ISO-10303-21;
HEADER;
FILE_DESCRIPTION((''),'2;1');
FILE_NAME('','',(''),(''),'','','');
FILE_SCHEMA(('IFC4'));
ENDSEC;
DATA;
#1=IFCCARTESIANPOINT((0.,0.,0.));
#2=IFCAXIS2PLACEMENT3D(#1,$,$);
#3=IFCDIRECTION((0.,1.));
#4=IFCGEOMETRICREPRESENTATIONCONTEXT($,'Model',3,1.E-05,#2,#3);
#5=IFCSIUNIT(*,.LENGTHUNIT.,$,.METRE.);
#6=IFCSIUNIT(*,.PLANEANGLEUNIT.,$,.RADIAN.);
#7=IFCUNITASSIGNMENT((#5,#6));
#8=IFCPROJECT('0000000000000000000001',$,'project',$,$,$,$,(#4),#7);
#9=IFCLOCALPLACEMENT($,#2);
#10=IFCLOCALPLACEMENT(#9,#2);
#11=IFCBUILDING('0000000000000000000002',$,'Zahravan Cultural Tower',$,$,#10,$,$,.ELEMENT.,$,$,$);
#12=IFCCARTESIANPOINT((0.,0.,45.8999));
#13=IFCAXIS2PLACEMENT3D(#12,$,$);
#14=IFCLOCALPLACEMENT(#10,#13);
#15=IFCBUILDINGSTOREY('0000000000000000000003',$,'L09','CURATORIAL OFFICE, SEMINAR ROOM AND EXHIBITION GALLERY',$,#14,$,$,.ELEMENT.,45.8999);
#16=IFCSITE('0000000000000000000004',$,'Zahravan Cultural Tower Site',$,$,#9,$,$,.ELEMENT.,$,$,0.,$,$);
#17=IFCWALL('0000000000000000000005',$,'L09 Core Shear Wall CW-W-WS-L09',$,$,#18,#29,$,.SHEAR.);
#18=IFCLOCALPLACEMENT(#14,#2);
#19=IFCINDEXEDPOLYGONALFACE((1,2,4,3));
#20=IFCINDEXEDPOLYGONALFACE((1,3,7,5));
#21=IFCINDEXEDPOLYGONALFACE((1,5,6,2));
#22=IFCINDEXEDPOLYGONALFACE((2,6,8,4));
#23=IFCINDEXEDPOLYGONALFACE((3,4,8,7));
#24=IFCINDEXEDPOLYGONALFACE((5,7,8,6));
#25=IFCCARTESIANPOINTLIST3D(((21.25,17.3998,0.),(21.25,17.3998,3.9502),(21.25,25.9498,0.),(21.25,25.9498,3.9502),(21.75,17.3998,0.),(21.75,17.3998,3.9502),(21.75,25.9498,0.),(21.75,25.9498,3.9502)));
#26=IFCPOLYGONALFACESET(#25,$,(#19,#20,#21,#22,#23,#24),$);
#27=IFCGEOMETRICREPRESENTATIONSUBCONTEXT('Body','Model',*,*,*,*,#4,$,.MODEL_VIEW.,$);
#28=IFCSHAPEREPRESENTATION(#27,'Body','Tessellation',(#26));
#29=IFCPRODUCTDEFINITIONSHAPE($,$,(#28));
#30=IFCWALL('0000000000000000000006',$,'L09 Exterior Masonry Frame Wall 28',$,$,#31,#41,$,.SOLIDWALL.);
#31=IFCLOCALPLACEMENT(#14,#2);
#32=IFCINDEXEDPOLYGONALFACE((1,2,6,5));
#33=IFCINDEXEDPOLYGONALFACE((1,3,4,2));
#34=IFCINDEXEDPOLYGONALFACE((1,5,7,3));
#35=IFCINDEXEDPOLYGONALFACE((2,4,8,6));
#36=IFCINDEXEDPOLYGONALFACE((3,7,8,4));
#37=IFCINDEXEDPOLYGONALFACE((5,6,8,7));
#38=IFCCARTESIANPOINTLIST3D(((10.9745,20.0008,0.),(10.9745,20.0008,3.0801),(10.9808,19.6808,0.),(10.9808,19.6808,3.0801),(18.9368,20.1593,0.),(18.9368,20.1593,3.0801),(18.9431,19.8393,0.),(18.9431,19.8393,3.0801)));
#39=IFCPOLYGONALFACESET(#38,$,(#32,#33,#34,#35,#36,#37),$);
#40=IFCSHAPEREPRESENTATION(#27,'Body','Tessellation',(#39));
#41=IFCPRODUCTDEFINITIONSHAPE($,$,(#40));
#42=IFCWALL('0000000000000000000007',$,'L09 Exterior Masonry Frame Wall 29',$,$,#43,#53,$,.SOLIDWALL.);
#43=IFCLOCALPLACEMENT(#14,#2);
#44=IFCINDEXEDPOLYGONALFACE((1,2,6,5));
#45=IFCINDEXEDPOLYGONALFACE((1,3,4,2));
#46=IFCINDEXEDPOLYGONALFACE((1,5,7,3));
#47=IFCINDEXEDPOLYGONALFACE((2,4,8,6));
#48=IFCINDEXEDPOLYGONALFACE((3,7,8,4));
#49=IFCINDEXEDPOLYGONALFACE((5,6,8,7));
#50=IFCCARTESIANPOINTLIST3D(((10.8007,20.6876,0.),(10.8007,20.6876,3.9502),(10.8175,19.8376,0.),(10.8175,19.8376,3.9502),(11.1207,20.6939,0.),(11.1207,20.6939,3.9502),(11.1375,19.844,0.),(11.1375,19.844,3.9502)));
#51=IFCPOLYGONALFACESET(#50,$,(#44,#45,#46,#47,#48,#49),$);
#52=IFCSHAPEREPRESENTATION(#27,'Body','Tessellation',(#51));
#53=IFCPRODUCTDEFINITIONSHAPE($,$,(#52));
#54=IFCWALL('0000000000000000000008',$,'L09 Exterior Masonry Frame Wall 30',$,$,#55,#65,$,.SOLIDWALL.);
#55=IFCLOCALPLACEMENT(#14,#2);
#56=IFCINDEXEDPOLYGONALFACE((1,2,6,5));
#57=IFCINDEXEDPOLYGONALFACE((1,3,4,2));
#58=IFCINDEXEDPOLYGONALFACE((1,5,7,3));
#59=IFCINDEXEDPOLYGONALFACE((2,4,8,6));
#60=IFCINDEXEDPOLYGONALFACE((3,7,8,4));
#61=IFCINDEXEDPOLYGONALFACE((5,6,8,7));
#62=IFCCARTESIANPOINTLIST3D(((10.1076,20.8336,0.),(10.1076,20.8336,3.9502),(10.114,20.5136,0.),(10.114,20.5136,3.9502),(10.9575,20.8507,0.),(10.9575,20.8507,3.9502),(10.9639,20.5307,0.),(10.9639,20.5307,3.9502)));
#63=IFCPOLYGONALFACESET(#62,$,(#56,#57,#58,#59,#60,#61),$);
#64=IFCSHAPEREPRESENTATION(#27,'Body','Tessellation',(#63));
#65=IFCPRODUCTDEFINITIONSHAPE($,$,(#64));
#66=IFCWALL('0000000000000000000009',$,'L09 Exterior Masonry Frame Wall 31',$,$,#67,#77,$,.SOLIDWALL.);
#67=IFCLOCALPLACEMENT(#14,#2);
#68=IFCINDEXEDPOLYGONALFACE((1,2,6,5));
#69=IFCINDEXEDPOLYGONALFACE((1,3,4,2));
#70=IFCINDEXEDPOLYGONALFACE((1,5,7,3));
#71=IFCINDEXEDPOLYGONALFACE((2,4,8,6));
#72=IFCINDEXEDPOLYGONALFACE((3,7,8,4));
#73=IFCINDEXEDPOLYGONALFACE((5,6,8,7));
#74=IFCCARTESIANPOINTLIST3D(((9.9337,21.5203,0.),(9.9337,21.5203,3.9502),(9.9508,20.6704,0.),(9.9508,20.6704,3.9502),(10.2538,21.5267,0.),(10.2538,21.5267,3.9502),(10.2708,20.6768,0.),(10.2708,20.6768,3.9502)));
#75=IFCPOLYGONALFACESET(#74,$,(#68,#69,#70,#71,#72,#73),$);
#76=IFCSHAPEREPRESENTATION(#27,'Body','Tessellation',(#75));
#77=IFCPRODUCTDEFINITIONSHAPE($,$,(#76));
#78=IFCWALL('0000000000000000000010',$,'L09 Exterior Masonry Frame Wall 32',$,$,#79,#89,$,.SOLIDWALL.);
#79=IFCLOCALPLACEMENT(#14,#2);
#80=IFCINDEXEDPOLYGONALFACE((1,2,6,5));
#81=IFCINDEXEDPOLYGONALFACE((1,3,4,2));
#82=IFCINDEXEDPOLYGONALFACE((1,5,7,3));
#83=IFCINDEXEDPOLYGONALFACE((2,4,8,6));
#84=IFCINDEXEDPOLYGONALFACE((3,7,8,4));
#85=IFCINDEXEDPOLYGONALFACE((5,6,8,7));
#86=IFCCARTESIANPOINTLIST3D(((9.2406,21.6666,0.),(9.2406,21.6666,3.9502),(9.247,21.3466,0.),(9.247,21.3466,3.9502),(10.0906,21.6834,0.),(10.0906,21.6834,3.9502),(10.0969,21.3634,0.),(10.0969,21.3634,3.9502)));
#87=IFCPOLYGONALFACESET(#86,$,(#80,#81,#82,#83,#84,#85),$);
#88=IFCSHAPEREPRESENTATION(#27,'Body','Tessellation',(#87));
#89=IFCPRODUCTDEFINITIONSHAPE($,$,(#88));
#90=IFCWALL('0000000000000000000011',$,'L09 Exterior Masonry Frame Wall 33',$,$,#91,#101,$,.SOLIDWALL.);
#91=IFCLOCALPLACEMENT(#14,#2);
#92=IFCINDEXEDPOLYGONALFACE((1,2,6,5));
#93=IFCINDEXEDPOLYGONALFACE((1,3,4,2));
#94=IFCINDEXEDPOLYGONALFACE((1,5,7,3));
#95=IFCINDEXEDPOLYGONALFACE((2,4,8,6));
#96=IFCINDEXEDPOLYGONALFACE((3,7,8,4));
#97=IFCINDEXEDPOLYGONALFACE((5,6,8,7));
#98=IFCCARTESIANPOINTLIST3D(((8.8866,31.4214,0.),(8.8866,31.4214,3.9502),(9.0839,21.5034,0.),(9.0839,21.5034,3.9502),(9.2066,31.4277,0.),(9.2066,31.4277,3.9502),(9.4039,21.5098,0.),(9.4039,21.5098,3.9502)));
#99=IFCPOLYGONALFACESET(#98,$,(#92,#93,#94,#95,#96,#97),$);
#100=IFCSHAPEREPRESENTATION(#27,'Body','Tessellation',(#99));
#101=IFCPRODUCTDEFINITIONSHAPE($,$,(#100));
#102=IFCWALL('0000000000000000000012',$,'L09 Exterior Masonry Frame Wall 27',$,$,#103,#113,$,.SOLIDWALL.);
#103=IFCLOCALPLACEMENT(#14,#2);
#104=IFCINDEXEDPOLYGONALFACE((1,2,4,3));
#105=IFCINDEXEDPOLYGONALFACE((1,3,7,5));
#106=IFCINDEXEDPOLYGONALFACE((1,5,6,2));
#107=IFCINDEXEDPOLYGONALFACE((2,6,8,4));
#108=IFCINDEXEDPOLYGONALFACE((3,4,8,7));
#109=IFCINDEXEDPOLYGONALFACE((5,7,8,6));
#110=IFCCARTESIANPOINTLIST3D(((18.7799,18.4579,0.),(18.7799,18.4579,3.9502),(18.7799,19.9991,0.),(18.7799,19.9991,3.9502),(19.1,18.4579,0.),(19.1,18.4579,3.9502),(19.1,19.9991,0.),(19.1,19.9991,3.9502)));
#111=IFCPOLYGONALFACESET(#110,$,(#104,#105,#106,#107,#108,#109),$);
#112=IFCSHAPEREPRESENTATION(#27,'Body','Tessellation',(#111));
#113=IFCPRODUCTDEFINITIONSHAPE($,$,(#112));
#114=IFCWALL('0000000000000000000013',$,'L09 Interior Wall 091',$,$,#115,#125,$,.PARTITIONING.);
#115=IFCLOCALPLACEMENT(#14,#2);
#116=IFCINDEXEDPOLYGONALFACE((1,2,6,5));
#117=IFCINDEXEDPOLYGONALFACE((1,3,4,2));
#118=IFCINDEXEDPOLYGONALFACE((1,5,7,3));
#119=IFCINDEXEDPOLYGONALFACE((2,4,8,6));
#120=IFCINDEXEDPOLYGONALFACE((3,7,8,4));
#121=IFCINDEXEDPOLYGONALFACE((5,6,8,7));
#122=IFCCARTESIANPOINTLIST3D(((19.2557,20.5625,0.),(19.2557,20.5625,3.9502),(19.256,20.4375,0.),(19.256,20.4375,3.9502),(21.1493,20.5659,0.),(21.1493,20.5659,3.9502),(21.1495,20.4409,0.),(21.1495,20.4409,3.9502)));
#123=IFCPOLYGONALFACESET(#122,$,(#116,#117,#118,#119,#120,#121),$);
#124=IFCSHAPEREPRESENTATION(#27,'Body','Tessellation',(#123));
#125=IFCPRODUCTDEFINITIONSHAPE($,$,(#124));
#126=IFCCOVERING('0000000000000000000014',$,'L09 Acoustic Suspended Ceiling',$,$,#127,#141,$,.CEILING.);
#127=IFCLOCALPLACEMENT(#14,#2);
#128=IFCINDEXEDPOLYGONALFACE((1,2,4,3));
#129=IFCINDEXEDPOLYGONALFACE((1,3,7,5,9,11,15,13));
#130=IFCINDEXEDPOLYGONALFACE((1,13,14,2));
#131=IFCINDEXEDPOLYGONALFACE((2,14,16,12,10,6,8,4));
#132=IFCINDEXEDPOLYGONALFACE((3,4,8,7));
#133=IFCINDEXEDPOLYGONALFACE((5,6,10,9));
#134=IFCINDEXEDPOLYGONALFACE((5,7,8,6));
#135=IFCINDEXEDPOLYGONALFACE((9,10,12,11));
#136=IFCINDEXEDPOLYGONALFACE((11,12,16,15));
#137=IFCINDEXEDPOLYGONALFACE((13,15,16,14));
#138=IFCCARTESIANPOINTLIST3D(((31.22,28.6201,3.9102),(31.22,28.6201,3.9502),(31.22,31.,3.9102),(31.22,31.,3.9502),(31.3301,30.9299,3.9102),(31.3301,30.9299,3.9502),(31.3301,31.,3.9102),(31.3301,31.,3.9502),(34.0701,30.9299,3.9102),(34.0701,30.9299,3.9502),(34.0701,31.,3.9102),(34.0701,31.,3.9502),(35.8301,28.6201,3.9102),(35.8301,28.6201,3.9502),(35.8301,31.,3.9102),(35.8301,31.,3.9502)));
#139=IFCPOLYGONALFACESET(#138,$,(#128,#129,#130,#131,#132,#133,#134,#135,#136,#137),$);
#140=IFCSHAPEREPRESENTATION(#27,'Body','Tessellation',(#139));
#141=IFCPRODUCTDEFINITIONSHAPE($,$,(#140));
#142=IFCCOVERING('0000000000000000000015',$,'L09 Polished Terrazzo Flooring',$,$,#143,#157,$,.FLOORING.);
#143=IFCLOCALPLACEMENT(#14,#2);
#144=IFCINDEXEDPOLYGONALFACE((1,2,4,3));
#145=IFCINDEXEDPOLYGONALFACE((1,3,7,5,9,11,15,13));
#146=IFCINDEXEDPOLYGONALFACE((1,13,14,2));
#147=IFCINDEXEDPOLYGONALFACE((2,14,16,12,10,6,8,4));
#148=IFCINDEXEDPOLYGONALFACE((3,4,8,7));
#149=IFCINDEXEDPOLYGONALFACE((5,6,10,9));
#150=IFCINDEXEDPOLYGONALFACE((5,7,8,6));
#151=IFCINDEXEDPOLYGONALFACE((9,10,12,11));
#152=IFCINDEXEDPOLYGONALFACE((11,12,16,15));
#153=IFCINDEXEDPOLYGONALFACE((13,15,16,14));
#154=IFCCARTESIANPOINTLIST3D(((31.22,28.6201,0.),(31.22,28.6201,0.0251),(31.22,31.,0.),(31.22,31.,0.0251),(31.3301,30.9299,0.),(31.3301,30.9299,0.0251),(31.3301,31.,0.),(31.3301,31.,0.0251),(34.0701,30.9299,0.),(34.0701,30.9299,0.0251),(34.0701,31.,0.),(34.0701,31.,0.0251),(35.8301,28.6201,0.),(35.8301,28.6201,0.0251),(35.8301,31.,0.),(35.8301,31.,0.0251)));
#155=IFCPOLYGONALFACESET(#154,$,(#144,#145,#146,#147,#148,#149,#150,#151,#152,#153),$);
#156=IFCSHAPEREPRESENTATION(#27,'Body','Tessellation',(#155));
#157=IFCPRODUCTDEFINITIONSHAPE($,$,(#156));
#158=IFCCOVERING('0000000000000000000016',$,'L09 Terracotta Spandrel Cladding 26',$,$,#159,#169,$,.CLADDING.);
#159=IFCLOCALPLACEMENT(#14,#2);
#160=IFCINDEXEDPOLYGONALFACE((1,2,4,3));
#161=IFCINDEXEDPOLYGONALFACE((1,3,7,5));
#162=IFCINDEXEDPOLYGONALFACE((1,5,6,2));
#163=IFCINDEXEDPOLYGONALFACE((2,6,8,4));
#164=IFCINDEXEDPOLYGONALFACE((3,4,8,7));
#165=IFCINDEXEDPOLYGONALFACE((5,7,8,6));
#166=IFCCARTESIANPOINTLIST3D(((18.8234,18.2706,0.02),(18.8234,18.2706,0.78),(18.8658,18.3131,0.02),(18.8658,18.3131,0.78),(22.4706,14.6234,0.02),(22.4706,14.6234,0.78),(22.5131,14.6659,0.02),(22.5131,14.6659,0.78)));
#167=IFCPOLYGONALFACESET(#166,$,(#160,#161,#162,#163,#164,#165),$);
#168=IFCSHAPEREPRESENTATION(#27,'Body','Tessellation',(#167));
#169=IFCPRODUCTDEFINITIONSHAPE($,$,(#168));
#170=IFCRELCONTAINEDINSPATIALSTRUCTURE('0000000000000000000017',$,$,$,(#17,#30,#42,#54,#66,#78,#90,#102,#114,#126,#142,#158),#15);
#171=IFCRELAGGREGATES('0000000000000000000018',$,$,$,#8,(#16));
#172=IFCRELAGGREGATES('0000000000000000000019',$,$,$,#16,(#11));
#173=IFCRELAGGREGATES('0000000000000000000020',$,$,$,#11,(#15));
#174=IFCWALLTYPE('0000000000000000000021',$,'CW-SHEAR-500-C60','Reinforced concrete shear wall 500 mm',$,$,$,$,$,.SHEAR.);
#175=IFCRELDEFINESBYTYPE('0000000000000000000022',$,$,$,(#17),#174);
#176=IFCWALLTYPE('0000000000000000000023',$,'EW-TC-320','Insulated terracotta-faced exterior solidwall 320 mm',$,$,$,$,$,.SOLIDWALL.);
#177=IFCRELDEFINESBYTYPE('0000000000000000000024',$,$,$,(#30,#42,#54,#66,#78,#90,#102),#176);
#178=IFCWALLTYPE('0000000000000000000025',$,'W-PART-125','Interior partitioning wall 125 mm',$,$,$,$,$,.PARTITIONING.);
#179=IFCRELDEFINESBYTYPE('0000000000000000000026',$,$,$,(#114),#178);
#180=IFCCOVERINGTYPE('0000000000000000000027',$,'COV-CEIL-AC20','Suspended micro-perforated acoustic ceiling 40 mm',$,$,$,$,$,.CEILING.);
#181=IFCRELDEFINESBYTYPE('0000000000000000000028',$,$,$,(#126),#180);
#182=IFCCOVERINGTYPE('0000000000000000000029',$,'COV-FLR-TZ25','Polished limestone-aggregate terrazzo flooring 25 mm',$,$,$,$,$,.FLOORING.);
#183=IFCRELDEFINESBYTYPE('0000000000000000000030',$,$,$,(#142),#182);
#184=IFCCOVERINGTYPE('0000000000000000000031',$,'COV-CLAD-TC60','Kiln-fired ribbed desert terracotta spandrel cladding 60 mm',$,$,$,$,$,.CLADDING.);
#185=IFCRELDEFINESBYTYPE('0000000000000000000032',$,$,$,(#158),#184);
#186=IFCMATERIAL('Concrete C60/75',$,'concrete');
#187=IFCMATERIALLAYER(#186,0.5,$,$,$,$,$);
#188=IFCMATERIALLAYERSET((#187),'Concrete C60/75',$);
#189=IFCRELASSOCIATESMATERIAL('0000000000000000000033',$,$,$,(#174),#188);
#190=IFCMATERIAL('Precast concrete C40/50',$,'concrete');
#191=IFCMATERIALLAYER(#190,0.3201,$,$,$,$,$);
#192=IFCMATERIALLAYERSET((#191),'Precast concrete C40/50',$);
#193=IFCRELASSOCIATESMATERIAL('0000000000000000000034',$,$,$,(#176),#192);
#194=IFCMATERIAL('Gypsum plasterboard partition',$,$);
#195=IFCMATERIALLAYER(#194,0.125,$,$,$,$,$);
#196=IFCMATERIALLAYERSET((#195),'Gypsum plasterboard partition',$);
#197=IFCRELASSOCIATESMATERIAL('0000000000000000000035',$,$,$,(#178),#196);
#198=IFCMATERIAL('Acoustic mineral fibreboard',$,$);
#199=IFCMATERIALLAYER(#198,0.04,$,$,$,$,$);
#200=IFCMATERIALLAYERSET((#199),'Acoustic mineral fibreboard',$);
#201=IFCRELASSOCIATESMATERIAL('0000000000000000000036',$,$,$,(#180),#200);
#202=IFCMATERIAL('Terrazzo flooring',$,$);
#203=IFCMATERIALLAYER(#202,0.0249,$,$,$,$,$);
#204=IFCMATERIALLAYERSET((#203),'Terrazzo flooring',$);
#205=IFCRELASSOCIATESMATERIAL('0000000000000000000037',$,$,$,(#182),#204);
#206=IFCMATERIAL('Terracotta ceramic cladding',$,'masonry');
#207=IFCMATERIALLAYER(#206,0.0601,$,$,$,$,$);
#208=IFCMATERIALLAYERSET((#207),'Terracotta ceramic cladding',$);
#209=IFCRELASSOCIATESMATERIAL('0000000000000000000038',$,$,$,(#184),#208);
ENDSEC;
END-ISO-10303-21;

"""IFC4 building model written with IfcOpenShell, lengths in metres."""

from ifc_helpers import new_model, si_unit, direction, frame, frame_2d, origin, origin_2d, place, context, subcontext, project, spatial, polyline, rectangle, outline, extrude, source, transform, mapped, material, layer, layer_set, type_object, element, save


model = new_model("IFC4")

# Units and contexts
model_context = context("Model", 3, precision=1e-05, world=origin(), true_north=direction((0.0, 1.0)))
body_context = subcontext(model_context, "Body", "Model", "MODEL_VIEW")
ifc_project = project(units=[si_unit("LENGTHUNIT", "METRE"), si_unit("PLANEANGLEUNIT", "RADIAN")], contexts=[model_context])

# Site, building, storey
site_placement = place(None, origin())
site = spatial("IfcSite", under=ifc_project, at=site_placement, Name="Zahravan Cultural Tower Site", CompositionType="ELEMENT", RefElevation=0.0)
building_placement = place(site_placement, origin())
building = spatial("IfcBuilding", under=site, at=building_placement, Name="Zahravan Cultural Tower", CompositionType="ELEMENT")
storey_placement = place(building_placement, frame((0.0, 0.0, 45.8999)))
storey = spatial("IfcBuildingStorey", under=building, at=storey_placement, Name="L09", Description="CURATORIAL OFFICE, SEMINAR ROOM AND EXHIBITION GALLERY", CompositionType="ELEMENT", Elevation=45.8999)

# Shared definitions
ifc_material_1 = material(Name="Concrete C60/75", Category="concrete")

# Walls
ifc_layer_1 = layer(ifc_material_1, 0.5)
ifc_layer_set_1 = layer_set([ifc_layer_1], Name="Concrete C60/75")
wall_type_1 = type_object("IfcWallType", Name="CW-SHEAR-500-C60", Description="Reinforced concrete shear wall 500 mm", PredefinedType="SHEAR", material=ifc_layer_set_1)
shared_shape_1 = source(origin(), body_context, "Body", "SweptSolid", [
    extrude(rectangle(XDim=8.55, YDim=0.5, at=frame_2d((4.2749, 0.0))), origin(), (0.0, 0.0, 1.0), 3.9502),
])
wall_1_placement = place(storey_placement, frame((21.5, 17.3999, 0.0), z_axis=(0.0, 0.0, 1.0), x_axis=(0.0, 1.0, 0.0)))
element("IfcWall", 1, at=wall_1_placement, inside=storey, type_object=wall_type_1, Name="L09 Core Shear Wall CW-W-WS-L09", PredefinedType="SHEAR", context=body_context, shape_type="MappedRepresentation", body=[
    mapped(shared_shape_1, transform((0.0, 0.0, 0.0), x_axis=(1.0, 0.0, 0.0), y_axis=(0.0, 1.0, 0.0), z_axis=(0.0, 0.0, 1.0), scale=1.0)),
])
ifc_material_2 = material(Name="Precast concrete C40/50", Category="concrete")
ifc_layer_2 = layer(ifc_material_2, 0.3201)
ifc_layer_set_2 = layer_set([ifc_layer_2], Name="Precast concrete C40/50")
wall_type_2 = type_object("IfcWallType", Name="EW-TC-320", Description="Insulated terracotta-faced exterior solidwall 320 mm", PredefinedType="SOLIDWALL", material=ifc_layer_set_2)
shared_shape_2 = source(origin(), body_context, "Body", "SweptSolid", [
    extrude(rectangle(XDim=7.9639, YDim=0.3201, at=frame_2d((3.9819, 0.0))), origin(), (0.0, 0.0, 1.0), 3.0801),
])
wall_2_placement = place(storey_placement, frame((18.9399, 19.9993, 0.0), z_axis=(0.0, 0.0, 1.0), x_axis=(-0.999802, -0.019895, 0.0)))
element("IfcWall", 2, at=wall_2_placement, inside=storey, type_object=wall_type_2, Name="L09 Exterior Masonry Frame Wall 28", PredefinedType="SOLIDWALL", context=body_context, shape_type="MappedRepresentation", body=[
    mapped(shared_shape_2, transform((0.0, 0.0, 0.0), x_axis=(1.0, 0.0, 0.0), y_axis=(0.0, 1.0, 0.0), z_axis=(0.0, 0.0, 1.0), scale=1.0)),
])
shared_shape_3 = source(origin(), body_context, "Body", "SweptSolid", [
    extrude(rectangle(XDim=0.8501, YDim=0.3201, at=frame_2d((0.425, 0.0))), origin(), (0.0, 0.0, 1.0), 3.9502),
])
for number, where, z_axis, x_axis, name in (
    (3, (10.9775, 19.8408, 0.0), (0.0, 0.0, 1.0), (-0.019818, 0.999804, 0.0), "L09 Exterior Masonry Frame Wall 29"),
    (4, (10.9607, 20.6907, 0.0), (0.0, 0.0, 1.0), (-0.999798, -0.020105, 0.0), "L09 Exterior Masonry Frame Wall 30"),
    (5, (10.1108, 20.6736, 0.0), (0.0, 0.0, 1.0), (-0.020105, 0.999798, 0.0), "L09 Exterior Masonry Frame Wall 31"),
    (6, (10.0938, 21.5234, 0.0), (0.0, 0.0, 1.0), (-0.999804, -0.019818, 0.0), "L09 Exterior Masonry Frame Wall 32"),
):
    element("IfcWall", number, at=place(storey_placement, frame(where, z_axis=z_axis, x_axis=x_axis)), inside=storey, type_object=wall_type_2, Name=name, PredefinedType="SOLIDWALL", context=body_context, shape_type="MappedRepresentation", body=[
        mapped(shared_shape_3, transform((0.0, 0.0, 0.0), x_axis=(1.0, 0.0, 0.0), y_axis=(0.0, 1.0, 0.0), z_axis=(0.0, 0.0, 1.0), scale=1.0)),
    ])
shared_shape_4 = source(origin(), body_context, "Body", "SweptSolid", [
    extrude(rectangle(XDim=9.9199, YDim=0.3201, at=frame_2d((4.96, 0.0))), origin(), (0.0, 0.0, 1.0), 3.9502),
])
wall_3_placement = place(storey_placement, frame((9.2439, 21.5066, 0.0), z_axis=(0.0, 0.0, 1.0), x_axis=(-0.019886, 0.999802, 0.0)))
element("IfcWall", 7, at=wall_3_placement, inside=storey, type_object=wall_type_2, Name="L09 Exterior Masonry Frame Wall 33", PredefinedType="SOLIDWALL", context=body_context, shape_type="MappedRepresentation", body=[
    mapped(shared_shape_4, transform((0.0, 0.0, 0.0), x_axis=(1.0, 0.0, 0.0), y_axis=(0.0, 1.0, 0.0), z_axis=(0.0, 0.0, 1.0), scale=1.0)),
])
shared_shape_5 = source(origin(), body_context, "Body", "SweptSolid", [
    extrude(rectangle(XDim=1.5413, YDim=0.3201, at=frame_2d((0.7705, 0.0))), origin(), (0.0, 0.0, 1.0), 3.9502),
])
wall_4_placement = place(storey_placement, frame((18.9399, 18.458, 0.0), z_axis=(0.0, 0.0, 1.0), x_axis=(0.0, 1.0, 0.0)))
element("IfcWall", 8, at=wall_4_placement, inside=storey, type_object=wall_type_2, Name="L09 Exterior Masonry Frame Wall 27", PredefinedType="SOLIDWALL", context=body_context, shape_type="MappedRepresentation", body=[
    mapped(shared_shape_5, transform((0.0, 0.0, 0.0), x_axis=(1.0, 0.0, 0.0), y_axis=(0.0, 1.0, 0.0), z_axis=(0.0, 0.0, 1.0), scale=1.0)),
])
ifc_material_3 = material(Name="Gypsum plasterboard partition")
ifc_layer_3 = layer(ifc_material_3, 0.125)
ifc_layer_set_3 = layer_set([ifc_layer_3], Name="Gypsum plasterboard partition")
wall_type_3 = type_object("IfcWallType", Name="W-PART-125", Description="Interior partitioning wall 125 mm", PredefinedType="PARTITIONING", material=ifc_layer_set_3)
shared_shape_6 = source(origin(), body_context, "Body", "SweptSolid", [
    extrude(rectangle(XDim=1.8936, YDim=0.125, at=frame_2d((0.9468, 0.0))), origin(), (0.0, 0.0, 1.0), 3.9502),
])
wall_5_placement = place(storey_placement, frame((19.2559, 20.5, 0.0), z_axis=(0.0, 0.0, 1.0), x_axis=(0.999998, 0.001805, 0.0)))
element("IfcWall", 9, at=wall_5_placement, inside=storey, type_object=wall_type_3, Name="L09 Interior Wall 091", PredefinedType="PARTITIONING", context=body_context, shape_type="MappedRepresentation", body=[
    mapped(shared_shape_6, transform((0.0, 0.0, 0.0), x_axis=(1.0, 0.0, 0.0), y_axis=(0.0, 1.0, 0.0), z_axis=(0.0, 0.0, 1.0), scale=1.0)),
])

# Coverings
ifc_material_4 = material(Name="Acoustic mineral fibreboard")
ifc_layer_4 = layer(ifc_material_4, 0.04)
ifc_layer_set_4 = layer_set([ifc_layer_4], Name="Acoustic mineral fibreboard")
covering_type_1 = type_object("IfcCoveringType", Name="COV-CEIL-AC20", Description="Suspended micro-perforated acoustic ceiling 40 mm", PredefinedType="CEILING", material=ifc_layer_set_4)
covering_1_placement = place(storey_placement, frame((0.0, 0.0, 3.9102)))
element("IfcCovering", 10, at=covering_1_placement, inside=storey, type_object=covering_type_1, Name="L09 Acoustic Suspended Ceiling", PredefinedType="CEILING", context=body_context, shape_type="SweptSolid", body=[
    extrude(outline(polyline([(31.22, 31.0), (31.22, 28.6201), (35.8301, 28.6201), (35.8301, 31.0), (34.0701, 31.0), (34.0701, 30.9299), (31.3301, 30.9299), (31.3301, 31.0), (31.22, 31.0)])), origin(), (0.0, 0.0, 1.0), 0.04),
])
ifc_material_5 = material(Name="Terrazzo flooring")
ifc_layer_5 = layer(ifc_material_5, 0.0249)
ifc_layer_set_5 = layer_set([ifc_layer_5], Name="Terrazzo flooring")
covering_type_2 = type_object("IfcCoveringType", Name="COV-FLR-TZ25", Description="Polished limestone-aggregate terrazzo flooring 25 mm", PredefinedType="FLOORING", material=ifc_layer_set_5)
covering_2_placement = place(storey_placement, origin())
element("IfcCovering", 11, at=covering_2_placement, inside=storey, type_object=covering_type_2, Name="L09 Polished Terrazzo Flooring", PredefinedType="FLOORING", context=body_context, shape_type="SweptSolid", body=[
    extrude(outline(polyline([(31.22, 31.0), (31.22, 28.6201), (35.8301, 28.6201), (35.8301, 31.0), (34.0701, 31.0), (34.0701, 30.9299), (31.3301, 30.9299), (31.3301, 31.0), (31.22, 31.0)])), origin(), (0.0, 0.0, 1.0), 0.0251),
])
ifc_material_6 = material(Name="Terracotta ceramic cladding", Category="masonry")
ifc_layer_6 = layer(ifc_material_6, 0.0601)
ifc_layer_set_6 = layer_set([ifc_layer_6], Name="Terracotta ceramic cladding")
covering_type_3 = type_object("IfcCoveringType", Name="COV-CLAD-TC60", Description="Kiln-fired ribbed desert terracotta spandrel cladding 60 mm", PredefinedType="CLADDING", material=ifc_layer_set_6)
shared_shape_7 = source(origin(), body_context, "Body", "SweptSolid", [
    extrude(rectangle(XDim=5.158, YDim=0.0601, at=origin_2d()), origin(), (0.0, 0.0, 1.0), 0.76),
])
covering_3_placement = place(storey_placement, frame((20.6682, 16.4683, 0.02), z_axis=(0.0, 0.0, 1.0), x_axis=(-0.707107, 0.707107, 0.0)))
element("IfcCovering", 12, at=covering_3_placement, inside=storey, type_object=covering_type_3, Name="L09 Terracotta Spandrel Cladding 26", PredefinedType="CLADDING", context=body_context, shape_type="MappedRepresentation", body=[
    mapped(shared_shape_7, transform((0.0, 0.0, 0.0), x_axis=(1.0, 0.0, 0.0), y_axis=(0.0, 1.0, 0.0), z_axis=(0.0, 0.0, 1.0), scale=1.0)),
])

save(model, "model.ifc")
